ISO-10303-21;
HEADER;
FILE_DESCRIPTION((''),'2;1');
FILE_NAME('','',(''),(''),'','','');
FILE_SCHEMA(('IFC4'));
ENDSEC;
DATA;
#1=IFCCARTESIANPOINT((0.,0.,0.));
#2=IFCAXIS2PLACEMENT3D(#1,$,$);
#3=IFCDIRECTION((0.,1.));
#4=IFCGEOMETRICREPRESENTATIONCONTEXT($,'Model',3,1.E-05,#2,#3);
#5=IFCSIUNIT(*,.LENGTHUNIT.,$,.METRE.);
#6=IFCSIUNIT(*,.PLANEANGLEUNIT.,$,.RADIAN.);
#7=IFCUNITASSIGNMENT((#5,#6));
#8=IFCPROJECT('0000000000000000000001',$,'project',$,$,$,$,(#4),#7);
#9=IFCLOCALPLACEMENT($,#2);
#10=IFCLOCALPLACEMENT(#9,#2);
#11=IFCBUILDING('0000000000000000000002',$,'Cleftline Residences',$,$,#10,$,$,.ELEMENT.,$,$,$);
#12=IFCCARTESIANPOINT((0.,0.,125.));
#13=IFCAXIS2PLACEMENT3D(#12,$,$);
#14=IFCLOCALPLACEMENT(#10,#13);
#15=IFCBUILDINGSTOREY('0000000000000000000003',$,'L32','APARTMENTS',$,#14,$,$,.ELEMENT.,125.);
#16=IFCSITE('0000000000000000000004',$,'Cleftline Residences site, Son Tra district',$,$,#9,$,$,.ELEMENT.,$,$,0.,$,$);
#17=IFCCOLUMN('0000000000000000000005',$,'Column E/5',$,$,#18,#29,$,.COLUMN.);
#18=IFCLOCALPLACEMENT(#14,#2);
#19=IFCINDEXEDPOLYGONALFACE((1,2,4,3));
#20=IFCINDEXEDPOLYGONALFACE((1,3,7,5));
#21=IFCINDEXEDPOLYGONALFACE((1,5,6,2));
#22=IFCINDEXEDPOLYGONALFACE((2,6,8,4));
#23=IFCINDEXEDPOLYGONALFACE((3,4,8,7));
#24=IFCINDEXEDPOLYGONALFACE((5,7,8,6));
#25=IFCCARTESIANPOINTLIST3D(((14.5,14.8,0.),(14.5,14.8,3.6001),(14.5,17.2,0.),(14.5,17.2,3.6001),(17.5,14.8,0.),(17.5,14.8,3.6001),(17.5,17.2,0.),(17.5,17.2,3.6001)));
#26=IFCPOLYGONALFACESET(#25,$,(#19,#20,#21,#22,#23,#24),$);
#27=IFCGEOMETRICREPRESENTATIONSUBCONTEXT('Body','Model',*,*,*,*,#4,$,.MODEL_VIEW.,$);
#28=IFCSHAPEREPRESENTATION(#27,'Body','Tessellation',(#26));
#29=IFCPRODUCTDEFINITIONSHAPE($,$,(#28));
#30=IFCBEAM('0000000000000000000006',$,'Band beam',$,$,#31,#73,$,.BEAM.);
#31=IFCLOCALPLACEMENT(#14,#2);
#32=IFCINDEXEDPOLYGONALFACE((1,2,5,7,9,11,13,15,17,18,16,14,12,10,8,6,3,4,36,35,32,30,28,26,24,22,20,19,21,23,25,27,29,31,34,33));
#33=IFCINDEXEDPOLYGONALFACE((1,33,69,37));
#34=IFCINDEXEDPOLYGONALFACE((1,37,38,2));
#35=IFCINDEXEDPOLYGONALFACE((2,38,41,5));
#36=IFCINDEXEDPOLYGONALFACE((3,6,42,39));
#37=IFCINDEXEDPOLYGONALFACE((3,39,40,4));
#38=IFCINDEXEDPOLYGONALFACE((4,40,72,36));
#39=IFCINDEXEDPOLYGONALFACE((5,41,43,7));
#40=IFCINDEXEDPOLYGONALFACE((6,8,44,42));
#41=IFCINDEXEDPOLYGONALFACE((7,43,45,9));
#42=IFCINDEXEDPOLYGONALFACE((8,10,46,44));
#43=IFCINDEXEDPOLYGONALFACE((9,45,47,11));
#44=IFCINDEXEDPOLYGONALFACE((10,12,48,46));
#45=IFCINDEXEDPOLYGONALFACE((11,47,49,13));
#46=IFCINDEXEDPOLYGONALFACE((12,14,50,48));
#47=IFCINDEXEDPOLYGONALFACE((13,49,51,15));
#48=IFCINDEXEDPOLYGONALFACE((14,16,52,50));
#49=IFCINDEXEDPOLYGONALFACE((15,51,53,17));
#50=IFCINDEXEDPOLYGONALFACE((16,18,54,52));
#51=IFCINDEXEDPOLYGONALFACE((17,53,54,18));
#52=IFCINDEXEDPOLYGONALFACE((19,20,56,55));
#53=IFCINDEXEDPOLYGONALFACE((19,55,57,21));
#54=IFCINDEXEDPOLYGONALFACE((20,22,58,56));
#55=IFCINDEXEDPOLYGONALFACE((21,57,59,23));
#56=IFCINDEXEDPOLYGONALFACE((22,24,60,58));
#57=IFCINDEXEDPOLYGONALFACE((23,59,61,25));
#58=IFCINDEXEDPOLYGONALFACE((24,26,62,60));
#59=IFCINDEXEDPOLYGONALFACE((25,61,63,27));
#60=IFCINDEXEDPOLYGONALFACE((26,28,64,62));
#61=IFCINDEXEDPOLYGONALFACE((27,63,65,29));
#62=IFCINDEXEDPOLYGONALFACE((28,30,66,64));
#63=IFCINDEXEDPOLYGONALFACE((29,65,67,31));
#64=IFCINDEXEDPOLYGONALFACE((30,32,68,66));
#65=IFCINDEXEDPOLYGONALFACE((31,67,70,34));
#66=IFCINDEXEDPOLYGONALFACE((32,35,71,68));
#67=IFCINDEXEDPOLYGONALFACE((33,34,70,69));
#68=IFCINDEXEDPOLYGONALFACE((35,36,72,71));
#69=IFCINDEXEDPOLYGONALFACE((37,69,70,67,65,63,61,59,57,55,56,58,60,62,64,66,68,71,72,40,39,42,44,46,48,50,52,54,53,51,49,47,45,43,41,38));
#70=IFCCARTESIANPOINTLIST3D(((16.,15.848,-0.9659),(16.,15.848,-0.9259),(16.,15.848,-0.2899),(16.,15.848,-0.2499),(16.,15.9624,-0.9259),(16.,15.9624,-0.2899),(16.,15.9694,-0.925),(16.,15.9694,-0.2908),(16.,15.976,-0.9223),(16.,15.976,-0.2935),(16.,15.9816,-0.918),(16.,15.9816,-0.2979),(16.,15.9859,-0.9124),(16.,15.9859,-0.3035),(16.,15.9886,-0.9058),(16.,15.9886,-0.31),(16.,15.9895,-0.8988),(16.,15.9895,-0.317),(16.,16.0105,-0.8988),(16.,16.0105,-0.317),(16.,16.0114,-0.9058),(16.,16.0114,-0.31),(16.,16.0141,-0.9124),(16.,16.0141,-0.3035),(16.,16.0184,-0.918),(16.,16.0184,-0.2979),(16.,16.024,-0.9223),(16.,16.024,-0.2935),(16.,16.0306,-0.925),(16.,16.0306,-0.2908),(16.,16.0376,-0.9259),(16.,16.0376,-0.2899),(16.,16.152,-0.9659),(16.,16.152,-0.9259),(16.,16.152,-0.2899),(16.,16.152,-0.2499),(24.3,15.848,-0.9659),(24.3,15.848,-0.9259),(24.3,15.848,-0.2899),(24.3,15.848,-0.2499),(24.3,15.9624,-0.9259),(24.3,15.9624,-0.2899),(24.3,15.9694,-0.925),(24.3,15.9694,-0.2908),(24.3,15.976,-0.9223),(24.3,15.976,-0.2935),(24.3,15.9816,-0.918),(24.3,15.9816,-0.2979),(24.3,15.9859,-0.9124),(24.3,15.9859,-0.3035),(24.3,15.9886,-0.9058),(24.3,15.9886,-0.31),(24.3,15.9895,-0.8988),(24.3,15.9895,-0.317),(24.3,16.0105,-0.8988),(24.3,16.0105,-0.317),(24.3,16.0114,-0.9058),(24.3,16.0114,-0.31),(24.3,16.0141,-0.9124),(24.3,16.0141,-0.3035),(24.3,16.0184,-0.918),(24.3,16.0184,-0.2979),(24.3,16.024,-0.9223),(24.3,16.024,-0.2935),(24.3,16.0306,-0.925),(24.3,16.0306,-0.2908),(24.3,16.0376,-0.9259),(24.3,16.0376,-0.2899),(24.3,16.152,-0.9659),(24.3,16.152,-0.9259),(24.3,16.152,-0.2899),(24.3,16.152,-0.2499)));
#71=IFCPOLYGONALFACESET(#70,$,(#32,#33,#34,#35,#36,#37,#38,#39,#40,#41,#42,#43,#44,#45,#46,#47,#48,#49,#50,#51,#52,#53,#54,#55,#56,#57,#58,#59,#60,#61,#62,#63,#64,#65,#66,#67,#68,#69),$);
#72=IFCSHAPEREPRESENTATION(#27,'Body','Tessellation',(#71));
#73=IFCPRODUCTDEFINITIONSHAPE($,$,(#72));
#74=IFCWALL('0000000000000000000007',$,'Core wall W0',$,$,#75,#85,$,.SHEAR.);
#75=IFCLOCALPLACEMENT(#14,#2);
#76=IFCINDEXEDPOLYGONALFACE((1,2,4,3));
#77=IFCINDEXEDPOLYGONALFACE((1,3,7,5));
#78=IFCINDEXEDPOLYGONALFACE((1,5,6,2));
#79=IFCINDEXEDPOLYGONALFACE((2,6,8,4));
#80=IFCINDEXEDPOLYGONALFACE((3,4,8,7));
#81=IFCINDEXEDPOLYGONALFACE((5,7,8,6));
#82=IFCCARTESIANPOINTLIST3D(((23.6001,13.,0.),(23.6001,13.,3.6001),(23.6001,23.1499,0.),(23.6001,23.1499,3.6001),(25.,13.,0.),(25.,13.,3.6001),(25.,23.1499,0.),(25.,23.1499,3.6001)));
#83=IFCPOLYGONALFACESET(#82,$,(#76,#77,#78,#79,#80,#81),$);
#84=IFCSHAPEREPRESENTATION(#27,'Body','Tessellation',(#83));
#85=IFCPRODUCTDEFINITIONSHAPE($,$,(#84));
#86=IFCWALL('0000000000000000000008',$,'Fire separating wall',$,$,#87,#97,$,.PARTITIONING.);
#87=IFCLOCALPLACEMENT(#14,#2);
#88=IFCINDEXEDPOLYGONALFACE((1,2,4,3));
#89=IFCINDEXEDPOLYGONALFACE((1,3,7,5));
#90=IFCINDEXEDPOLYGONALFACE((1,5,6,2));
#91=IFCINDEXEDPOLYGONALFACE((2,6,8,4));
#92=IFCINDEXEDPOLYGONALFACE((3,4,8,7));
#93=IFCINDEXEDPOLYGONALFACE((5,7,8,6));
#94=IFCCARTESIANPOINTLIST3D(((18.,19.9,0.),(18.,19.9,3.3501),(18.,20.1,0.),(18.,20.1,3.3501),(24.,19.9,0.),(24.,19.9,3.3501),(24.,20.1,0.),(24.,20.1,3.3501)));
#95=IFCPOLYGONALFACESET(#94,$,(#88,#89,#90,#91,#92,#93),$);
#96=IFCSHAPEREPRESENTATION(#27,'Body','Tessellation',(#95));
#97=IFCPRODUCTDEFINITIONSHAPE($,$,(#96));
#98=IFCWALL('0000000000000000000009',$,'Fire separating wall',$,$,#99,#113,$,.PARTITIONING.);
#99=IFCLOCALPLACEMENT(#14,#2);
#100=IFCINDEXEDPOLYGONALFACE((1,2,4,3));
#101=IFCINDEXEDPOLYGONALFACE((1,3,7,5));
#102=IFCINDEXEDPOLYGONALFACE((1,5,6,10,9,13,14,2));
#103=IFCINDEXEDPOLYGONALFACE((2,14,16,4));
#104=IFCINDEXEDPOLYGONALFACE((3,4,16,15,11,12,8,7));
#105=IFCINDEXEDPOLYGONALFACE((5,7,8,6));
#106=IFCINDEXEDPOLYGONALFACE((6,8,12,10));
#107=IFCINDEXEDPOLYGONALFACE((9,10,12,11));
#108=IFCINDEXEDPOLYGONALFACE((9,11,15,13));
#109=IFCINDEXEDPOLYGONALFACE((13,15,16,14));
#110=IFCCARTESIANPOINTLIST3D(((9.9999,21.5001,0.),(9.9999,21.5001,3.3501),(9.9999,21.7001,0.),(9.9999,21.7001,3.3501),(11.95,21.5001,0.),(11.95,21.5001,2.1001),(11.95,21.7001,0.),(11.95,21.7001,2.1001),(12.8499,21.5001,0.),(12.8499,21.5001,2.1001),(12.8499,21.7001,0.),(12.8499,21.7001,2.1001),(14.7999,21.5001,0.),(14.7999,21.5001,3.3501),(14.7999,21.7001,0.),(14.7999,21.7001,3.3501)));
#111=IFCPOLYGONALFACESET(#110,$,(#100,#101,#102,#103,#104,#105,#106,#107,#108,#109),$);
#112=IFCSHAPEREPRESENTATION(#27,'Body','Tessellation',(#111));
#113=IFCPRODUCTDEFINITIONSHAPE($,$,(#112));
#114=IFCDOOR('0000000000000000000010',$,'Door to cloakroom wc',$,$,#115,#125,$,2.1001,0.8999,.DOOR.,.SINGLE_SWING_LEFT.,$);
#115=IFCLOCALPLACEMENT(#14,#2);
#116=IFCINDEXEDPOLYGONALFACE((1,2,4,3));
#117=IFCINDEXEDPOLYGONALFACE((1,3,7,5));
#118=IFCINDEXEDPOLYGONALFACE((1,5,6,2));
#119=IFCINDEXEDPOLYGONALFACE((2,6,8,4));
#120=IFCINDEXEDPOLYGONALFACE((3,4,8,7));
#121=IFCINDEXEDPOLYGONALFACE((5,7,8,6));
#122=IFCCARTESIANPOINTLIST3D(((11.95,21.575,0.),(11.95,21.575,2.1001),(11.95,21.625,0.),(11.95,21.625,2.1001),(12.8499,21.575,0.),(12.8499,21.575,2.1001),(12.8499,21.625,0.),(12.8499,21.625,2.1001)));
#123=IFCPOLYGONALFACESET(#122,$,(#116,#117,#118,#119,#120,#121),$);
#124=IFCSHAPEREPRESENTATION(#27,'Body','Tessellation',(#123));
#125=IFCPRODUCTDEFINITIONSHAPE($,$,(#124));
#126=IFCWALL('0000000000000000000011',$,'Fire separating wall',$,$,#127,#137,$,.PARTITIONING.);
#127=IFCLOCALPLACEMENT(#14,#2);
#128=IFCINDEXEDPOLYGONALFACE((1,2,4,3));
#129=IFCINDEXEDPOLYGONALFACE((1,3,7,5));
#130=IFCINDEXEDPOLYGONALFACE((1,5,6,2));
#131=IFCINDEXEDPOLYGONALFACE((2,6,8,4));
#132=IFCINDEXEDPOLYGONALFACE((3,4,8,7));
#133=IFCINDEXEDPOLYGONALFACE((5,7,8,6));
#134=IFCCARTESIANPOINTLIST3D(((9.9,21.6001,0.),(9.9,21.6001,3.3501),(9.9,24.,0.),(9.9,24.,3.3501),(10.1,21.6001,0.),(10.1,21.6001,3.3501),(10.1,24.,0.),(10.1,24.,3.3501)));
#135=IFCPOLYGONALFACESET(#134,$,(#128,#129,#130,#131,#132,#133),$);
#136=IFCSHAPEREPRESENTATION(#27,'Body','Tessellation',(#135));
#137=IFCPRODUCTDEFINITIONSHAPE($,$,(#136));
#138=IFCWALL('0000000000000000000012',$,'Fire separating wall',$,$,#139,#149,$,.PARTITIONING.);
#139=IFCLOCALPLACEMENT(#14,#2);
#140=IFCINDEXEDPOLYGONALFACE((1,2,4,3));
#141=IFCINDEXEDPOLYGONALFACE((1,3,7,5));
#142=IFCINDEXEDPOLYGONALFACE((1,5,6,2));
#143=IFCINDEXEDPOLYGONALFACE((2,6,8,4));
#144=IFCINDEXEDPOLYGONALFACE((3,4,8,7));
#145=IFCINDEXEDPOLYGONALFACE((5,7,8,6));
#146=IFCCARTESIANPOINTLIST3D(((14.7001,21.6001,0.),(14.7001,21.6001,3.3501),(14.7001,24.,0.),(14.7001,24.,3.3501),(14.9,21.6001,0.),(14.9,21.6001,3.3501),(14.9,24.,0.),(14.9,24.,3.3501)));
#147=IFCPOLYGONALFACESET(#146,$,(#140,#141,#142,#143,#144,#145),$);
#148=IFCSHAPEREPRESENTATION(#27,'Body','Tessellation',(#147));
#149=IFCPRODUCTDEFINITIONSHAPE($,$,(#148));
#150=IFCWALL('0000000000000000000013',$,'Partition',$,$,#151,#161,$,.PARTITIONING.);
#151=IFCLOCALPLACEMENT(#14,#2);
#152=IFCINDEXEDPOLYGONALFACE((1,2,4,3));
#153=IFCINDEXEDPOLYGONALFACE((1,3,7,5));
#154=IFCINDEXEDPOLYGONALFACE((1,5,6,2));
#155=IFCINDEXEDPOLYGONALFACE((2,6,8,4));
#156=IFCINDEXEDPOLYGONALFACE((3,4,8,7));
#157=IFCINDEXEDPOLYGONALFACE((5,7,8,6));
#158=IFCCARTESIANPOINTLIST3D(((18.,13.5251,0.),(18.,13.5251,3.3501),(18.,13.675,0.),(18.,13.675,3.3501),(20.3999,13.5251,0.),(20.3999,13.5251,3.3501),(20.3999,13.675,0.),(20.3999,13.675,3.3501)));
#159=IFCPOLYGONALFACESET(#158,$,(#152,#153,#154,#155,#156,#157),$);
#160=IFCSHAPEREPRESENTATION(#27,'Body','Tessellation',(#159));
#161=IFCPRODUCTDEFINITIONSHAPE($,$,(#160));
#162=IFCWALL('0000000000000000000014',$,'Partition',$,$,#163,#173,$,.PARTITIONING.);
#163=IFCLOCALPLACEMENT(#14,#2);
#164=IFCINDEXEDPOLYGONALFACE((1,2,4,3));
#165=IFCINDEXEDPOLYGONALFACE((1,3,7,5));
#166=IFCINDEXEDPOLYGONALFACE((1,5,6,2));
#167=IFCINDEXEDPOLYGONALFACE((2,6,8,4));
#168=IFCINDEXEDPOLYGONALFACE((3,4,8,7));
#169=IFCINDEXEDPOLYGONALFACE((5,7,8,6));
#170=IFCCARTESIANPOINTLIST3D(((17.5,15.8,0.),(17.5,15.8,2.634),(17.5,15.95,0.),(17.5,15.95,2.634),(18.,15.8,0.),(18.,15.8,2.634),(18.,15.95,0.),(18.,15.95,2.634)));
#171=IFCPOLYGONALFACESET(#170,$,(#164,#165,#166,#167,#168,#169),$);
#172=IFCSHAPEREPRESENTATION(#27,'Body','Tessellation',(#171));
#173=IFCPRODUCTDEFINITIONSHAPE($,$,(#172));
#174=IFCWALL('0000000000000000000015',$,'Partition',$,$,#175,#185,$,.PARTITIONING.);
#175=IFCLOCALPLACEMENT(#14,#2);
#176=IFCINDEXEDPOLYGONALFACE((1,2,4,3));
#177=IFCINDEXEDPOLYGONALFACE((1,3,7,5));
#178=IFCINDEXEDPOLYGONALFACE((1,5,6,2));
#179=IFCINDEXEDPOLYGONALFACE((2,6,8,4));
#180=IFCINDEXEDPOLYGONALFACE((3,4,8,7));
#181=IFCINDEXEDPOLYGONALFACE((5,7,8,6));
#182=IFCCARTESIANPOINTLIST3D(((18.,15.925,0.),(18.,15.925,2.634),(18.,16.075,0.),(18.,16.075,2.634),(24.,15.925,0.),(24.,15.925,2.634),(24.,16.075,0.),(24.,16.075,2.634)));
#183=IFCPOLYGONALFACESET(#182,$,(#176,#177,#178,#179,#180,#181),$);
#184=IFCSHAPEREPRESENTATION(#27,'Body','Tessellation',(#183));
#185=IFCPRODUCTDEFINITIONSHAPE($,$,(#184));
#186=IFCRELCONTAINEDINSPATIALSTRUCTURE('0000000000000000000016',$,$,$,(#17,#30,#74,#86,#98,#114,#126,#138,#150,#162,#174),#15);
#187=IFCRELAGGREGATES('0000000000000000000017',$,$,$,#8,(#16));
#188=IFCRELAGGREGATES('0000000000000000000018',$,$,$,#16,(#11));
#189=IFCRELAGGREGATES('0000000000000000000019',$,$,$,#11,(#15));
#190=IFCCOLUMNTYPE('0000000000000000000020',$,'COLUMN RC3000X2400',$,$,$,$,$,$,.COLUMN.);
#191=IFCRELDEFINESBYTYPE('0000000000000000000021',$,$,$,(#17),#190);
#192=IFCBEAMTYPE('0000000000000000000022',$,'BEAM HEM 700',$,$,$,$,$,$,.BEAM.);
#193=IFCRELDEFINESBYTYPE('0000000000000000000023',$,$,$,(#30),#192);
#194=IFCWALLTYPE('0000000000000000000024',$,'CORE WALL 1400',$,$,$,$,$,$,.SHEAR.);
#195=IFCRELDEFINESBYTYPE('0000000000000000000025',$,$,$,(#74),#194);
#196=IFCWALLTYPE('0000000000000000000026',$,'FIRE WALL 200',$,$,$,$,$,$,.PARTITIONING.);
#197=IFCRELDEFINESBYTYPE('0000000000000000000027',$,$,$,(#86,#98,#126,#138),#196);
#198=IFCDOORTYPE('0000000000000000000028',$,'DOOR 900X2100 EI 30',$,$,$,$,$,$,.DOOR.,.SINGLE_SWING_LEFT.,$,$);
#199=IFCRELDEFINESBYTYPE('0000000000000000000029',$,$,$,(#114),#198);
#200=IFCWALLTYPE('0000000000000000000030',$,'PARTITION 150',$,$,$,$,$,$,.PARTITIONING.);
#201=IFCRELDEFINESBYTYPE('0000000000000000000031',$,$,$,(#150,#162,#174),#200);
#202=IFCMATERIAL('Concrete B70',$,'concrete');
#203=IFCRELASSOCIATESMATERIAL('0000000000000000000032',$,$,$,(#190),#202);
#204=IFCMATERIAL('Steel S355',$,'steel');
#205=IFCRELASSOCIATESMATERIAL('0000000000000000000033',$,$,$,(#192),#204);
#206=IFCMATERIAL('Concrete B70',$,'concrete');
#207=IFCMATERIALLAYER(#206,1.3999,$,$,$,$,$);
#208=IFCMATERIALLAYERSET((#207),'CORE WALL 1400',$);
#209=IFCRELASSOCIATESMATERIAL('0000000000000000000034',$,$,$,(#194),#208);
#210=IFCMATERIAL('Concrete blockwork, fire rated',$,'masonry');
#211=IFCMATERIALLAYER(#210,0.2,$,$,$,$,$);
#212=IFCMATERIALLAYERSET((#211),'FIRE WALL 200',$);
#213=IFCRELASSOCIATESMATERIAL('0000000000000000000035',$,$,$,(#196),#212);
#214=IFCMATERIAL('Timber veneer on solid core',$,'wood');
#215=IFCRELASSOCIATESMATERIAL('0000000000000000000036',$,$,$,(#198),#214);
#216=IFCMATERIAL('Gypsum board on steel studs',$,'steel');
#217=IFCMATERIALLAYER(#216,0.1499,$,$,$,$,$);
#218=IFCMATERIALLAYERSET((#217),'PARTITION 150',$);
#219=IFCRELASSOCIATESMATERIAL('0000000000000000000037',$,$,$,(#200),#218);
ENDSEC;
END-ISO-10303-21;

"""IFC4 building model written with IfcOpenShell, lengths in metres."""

from ifc_helpers import new_model, si_unit, direction, frame, frame_2d, origin, origin_2d, place, context, subcontext, project, spatial, rectangle, i_section, extrude, material, layer, layer_set, material_profile, profile_set, type_object, element, fill, save


model = new_model("IFC4")

# Units and contexts
model_context = context("Model", 3, precision=1e-05, world=origin(), true_north=direction((0.0, 1.0)))
body_context = subcontext(model_context, "Body", "Model", "MODEL_VIEW")
ifc_project = project(units=[si_unit("LENGTHUNIT", "METRE"), si_unit("PLANEANGLEUNIT", "RADIAN")], contexts=[model_context])

# Site, building, storey
site_placement = place(None, origin())
site = spatial("IfcSite", under=ifc_project, at=site_placement, Name="Cleftline Residences site, Son Tra district", CompositionType="ELEMENT", RefElevation=0.0)
building_placement = place(site_placement, origin())
building = spatial("IfcBuilding", under=site, at=building_placement, Name="Cleftline Residences", CompositionType="ELEMENT")
storey_placement = place(building_placement, frame((0.0, 0.0, 125.0)))
storey = spatial("IfcBuildingStorey", under=building, at=storey_placement, Name="L32", Description="APARTMENTS", CompositionType="ELEMENT", Elevation=125.0)

# Column
ifc_material_1 = material(Name="Concrete B70", Category="concrete")
ifc_material_profile_1 = material_profile(ifc_material_1, rectangle(XDim=3.0, YDim=2.3999, at=origin_2d()))
ifc_profile_set_1 = profile_set([ifc_material_profile_1], Name="Concrete B70")
column_type = type_object("IfcColumnType", Name="COLUMN RC3000X2400", PredefinedType="COLUMN", material=ifc_profile_set_1)
column_placement = place(storey_placement, frame((16.0, 16.0, 0.0), z_axis=(0.0, 0.0, 1.0), x_axis=(1.0, 0.0, 0.0)))
element("IfcColumn", 1, at=column_placement, inside=storey, type_object=column_type, Name="Column E/5", PredefinedType="COLUMN", context=body_context, shape_type="SweptSolid", body=[
    extrude(rectangle(XDim=3.0, YDim=2.3999, at=origin_2d()), origin(), (0.0, 0.0, 1.0), 3.6001),
])

# Beam
ifc_material_2 = material(Name="Steel S355", Category="steel")
ifc_material_profile_2 = material_profile(ifc_material_2, i_section(OverallWidth=0.304, OverallDepth=0.7161, WebThickness=0.021, FlangeThickness=0.04, FilletRadius=0.0271, at=origin_2d()))
ifc_profile_set_2 = profile_set([ifc_material_profile_2], Name="Steel S355")
beam_type = type_object("IfcBeamType", Name="BEAM HEM 700", PredefinedType="BEAM", material=ifc_profile_set_2)
beam_placement = place(storey_placement, frame((16.0, 16.0, -0.6079), z_axis=(1.0, 0.0, 0.0), x_axis=(0.0, 1.0, 0.0)))
element("IfcBeam", 2, at=beam_placement, inside=storey, type_object=beam_type, Name="Band beam", PredefinedType="BEAM", context=body_context, shape_type="SweptSolid", body=[
    extrude(i_section(OverallWidth=0.304, OverallDepth=0.7161, WebThickness=0.021, FlangeThickness=0.04, FilletRadius=0.0271, at=origin_2d()), origin(), (0.0, 0.0, 1.0), 8.3),
])

# Walls
ifc_material_3 = material(Name="Concrete B70", Category="concrete")
ifc_layer_1 = layer(ifc_material_3, 1.3999)
ifc_layer_set_1 = layer_set([ifc_layer_1], Name="CORE WALL 1400")
wall_type_1 = type_object("IfcWallType", Name="CORE WALL 1400", PredefinedType="SHEAR", material=ifc_layer_set_1)
wall_1_placement = place(storey_placement, frame((24.3, 13.0, 0.0), z_axis=(0.0, 0.0, 1.0), x_axis=(0.0, 1.0, 0.0)))
element("IfcWall", 3, at=wall_1_placement, inside=storey, type_object=wall_type_1, Name="Core wall W0", PredefinedType="SHEAR", context=body_context, shape_type="SweptSolid", body=[
    extrude(rectangle(XDim=10.1499, YDim=1.3999, at=frame_2d((5.075, 0.0))), origin(), (0.0, 0.0, 1.0), 3.6001),
])
ifc_material_4 = material(Name="Concrete blockwork, fire rated", Category="masonry")
ifc_layer_2 = layer(ifc_material_4, 0.2)
ifc_layer_set_2 = layer_set([ifc_layer_2], Name="FIRE WALL 200")
wall_type_2 = type_object("IfcWallType", Name="FIRE WALL 200", PredefinedType="PARTITIONING", material=ifc_layer_set_2)
wall_2_placement = place(storey_placement, frame((18.0, 20.0, 0.0), z_axis=(0.0, 0.0, 1.0), x_axis=(1.0, 0.0, 0.0)))
element("IfcWall", 4, at=wall_2_placement, inside=storey, type_object=wall_type_2, Name="Fire separating wall", PredefinedType="PARTITIONING", context=body_context, shape_type="SweptSolid", body=[
    extrude(rectangle(XDim=6.0, YDim=0.2, at=frame_2d((3.0, 0.0))), origin(), (0.0, 0.0, 1.0), 3.3501),
])

# Wall, opening, door
wall_3_placement = place(storey_placement, frame((10.0, 21.6001, 0.0), z_axis=(0.0, 0.0, 1.0), x_axis=(1.0, 0.0, 0.0)))
wall_3 = element("IfcWall", 5, at=wall_3_placement, inside=storey, type_object=wall_type_2, Name="Fire separating wall", PredefinedType="PARTITIONING", context=body_context, shape_type="SweptSolid", body=[
    extrude(rectangle(XDim=4.8, YDim=0.2, at=frame_2d((2.3999, 0.0))), origin(), (0.0, 0.0, 1.0), 3.3501),
])
opening_1_placement = place(wall_3_placement, frame((1.95, 0.0, 0.0)))
opening_1 = element("IfcOpeningElement", 6, at=opening_1_placement, cuts=wall_3, PredefinedType="OPENING", context=body_context, shape_type="SweptSolid", body=[
    extrude(rectangle(XDim=0.8999, YDim=2.1001, at=frame_2d((0.45, 1.05))), frame((0.0, 0.1099, 0.0), z_axis=(0.0, -1.0, 0.0), x_axis=(1.0, 0.0, 0.0)), (0.0, 0.0, 1.0), 0.22),
])
ifc_material_5 = material(Name="Timber veneer on solid core", Category="wood")
door_type_1 = type_object("IfcDoorType", Name="DOOR 900X2100 EI 30", OperationType="SINGLE_SWING_LEFT", PredefinedType="DOOR", material=ifc_material_5)
door_1_placement = place(opening_1_placement, origin())
door_1 = element("IfcDoor", 7, at=door_1_placement, inside=storey, type_object=door_type_1, Name="Door to cloakroom wc", OperationType="SINGLE_SWING_LEFT", OverallHeight=2.1001, OverallWidth=0.8999, PredefinedType="DOOR", context=body_context, shape_type="SweptSolid", body=[
    extrude(rectangle(XDim=0.8999, YDim=2.1001, at=frame_2d((0.45, 1.05))), frame((0.0, 0.0249, 0.0), z_axis=(0.0, -1.0, 0.0), x_axis=(1.0, 0.0, 0.0)), (0.0, 0.0, 1.0), 0.05),
])
fill(opening_1, door_1)

# Walls
for number, where, z_axis, x_axis, name in (
    (8, (10.0, 21.6001, 0.0), (0.0, 0.0, 1.0), (0.0, 1.0, 0.0), "Fire separating wall"),
    (9, (14.8, 21.6001, 0.0), (0.0, 0.0, 1.0), (0.0, 1.0, 0.0), "Fire separating wall"),
):
    element("IfcWall", number, at=place(storey_placement, frame(where, z_axis=z_axis, x_axis=x_axis)), inside=storey, type_object=wall_type_2, Name=name, PredefinedType="PARTITIONING", context=body_context, shape_type="SweptSolid", body=[
        extrude(rectangle(XDim=2.3999, YDim=0.2, at=frame_2d((1.2, 0.0))), origin(), (0.0, 0.0, 1.0), 3.3501),
    ])

# Walls
ifc_material_6 = material(Name="Gypsum board on steel studs", Category="steel")
ifc_layer_3 = layer(ifc_material_6, 0.1499)
ifc_layer_set_3 = layer_set([ifc_layer_3], Name="PARTITION 150")
wall_type_3 = type_object("IfcWallType", Name="PARTITION 150", PredefinedType="PARTITIONING", material=ifc_layer_set_3)
wall_4_placement = place(storey_placement, frame((18.0, 13.6001, 0.0), z_axis=(0.0, 0.0, 1.0), x_axis=(1.0, 0.0, 0.0)))
element("IfcWall", 10, at=wall_4_placement, inside=storey, type_object=wall_type_3, Name="Partition", PredefinedType="PARTITIONING", context=body_context, shape_type="SweptSolid", body=[
    extrude(rectangle(XDim=2.3999, YDim=0.1499, at=frame_2d((1.2, 0.0))), origin(), (0.0, 0.0, 1.0), 3.3501),
])
wall_5_placement = place(storey_placement, frame((17.5, 15.875, 0.0), z_axis=(0.0, 0.0, 1.0), x_axis=(1.0, 0.0, 0.0)))
element("IfcWall", 11, at=wall_5_placement, inside=storey, type_object=wall_type_3, Name="Partition", PredefinedType="PARTITIONING", context=body_context, shape_type="SweptSolid", body=[
    extrude(rectangle(XDim=0.5, YDim=0.1499, at=frame_2d((0.25, 0.0))), origin(), (0.0, 0.0, 1.0), 2.634),
])
wall_6_placement = place(storey_placement, frame((18.0, 16.0, 0.0), z_axis=(0.0, 0.0, 1.0), x_axis=(1.0, 0.0, 0.0)))
element("IfcWall", 12, at=wall_6_placement, inside=storey, type_object=wall_type_3, Name="Partition", PredefinedType="PARTITIONING", context=body_context, shape_type="SweptSolid", body=[
    extrude(rectangle(XDim=6.0, YDim=0.1499, at=frame_2d((3.0, 0.0))), origin(), (0.0, 0.0, 1.0), 2.634),
])

save(model, "model.ifc")
